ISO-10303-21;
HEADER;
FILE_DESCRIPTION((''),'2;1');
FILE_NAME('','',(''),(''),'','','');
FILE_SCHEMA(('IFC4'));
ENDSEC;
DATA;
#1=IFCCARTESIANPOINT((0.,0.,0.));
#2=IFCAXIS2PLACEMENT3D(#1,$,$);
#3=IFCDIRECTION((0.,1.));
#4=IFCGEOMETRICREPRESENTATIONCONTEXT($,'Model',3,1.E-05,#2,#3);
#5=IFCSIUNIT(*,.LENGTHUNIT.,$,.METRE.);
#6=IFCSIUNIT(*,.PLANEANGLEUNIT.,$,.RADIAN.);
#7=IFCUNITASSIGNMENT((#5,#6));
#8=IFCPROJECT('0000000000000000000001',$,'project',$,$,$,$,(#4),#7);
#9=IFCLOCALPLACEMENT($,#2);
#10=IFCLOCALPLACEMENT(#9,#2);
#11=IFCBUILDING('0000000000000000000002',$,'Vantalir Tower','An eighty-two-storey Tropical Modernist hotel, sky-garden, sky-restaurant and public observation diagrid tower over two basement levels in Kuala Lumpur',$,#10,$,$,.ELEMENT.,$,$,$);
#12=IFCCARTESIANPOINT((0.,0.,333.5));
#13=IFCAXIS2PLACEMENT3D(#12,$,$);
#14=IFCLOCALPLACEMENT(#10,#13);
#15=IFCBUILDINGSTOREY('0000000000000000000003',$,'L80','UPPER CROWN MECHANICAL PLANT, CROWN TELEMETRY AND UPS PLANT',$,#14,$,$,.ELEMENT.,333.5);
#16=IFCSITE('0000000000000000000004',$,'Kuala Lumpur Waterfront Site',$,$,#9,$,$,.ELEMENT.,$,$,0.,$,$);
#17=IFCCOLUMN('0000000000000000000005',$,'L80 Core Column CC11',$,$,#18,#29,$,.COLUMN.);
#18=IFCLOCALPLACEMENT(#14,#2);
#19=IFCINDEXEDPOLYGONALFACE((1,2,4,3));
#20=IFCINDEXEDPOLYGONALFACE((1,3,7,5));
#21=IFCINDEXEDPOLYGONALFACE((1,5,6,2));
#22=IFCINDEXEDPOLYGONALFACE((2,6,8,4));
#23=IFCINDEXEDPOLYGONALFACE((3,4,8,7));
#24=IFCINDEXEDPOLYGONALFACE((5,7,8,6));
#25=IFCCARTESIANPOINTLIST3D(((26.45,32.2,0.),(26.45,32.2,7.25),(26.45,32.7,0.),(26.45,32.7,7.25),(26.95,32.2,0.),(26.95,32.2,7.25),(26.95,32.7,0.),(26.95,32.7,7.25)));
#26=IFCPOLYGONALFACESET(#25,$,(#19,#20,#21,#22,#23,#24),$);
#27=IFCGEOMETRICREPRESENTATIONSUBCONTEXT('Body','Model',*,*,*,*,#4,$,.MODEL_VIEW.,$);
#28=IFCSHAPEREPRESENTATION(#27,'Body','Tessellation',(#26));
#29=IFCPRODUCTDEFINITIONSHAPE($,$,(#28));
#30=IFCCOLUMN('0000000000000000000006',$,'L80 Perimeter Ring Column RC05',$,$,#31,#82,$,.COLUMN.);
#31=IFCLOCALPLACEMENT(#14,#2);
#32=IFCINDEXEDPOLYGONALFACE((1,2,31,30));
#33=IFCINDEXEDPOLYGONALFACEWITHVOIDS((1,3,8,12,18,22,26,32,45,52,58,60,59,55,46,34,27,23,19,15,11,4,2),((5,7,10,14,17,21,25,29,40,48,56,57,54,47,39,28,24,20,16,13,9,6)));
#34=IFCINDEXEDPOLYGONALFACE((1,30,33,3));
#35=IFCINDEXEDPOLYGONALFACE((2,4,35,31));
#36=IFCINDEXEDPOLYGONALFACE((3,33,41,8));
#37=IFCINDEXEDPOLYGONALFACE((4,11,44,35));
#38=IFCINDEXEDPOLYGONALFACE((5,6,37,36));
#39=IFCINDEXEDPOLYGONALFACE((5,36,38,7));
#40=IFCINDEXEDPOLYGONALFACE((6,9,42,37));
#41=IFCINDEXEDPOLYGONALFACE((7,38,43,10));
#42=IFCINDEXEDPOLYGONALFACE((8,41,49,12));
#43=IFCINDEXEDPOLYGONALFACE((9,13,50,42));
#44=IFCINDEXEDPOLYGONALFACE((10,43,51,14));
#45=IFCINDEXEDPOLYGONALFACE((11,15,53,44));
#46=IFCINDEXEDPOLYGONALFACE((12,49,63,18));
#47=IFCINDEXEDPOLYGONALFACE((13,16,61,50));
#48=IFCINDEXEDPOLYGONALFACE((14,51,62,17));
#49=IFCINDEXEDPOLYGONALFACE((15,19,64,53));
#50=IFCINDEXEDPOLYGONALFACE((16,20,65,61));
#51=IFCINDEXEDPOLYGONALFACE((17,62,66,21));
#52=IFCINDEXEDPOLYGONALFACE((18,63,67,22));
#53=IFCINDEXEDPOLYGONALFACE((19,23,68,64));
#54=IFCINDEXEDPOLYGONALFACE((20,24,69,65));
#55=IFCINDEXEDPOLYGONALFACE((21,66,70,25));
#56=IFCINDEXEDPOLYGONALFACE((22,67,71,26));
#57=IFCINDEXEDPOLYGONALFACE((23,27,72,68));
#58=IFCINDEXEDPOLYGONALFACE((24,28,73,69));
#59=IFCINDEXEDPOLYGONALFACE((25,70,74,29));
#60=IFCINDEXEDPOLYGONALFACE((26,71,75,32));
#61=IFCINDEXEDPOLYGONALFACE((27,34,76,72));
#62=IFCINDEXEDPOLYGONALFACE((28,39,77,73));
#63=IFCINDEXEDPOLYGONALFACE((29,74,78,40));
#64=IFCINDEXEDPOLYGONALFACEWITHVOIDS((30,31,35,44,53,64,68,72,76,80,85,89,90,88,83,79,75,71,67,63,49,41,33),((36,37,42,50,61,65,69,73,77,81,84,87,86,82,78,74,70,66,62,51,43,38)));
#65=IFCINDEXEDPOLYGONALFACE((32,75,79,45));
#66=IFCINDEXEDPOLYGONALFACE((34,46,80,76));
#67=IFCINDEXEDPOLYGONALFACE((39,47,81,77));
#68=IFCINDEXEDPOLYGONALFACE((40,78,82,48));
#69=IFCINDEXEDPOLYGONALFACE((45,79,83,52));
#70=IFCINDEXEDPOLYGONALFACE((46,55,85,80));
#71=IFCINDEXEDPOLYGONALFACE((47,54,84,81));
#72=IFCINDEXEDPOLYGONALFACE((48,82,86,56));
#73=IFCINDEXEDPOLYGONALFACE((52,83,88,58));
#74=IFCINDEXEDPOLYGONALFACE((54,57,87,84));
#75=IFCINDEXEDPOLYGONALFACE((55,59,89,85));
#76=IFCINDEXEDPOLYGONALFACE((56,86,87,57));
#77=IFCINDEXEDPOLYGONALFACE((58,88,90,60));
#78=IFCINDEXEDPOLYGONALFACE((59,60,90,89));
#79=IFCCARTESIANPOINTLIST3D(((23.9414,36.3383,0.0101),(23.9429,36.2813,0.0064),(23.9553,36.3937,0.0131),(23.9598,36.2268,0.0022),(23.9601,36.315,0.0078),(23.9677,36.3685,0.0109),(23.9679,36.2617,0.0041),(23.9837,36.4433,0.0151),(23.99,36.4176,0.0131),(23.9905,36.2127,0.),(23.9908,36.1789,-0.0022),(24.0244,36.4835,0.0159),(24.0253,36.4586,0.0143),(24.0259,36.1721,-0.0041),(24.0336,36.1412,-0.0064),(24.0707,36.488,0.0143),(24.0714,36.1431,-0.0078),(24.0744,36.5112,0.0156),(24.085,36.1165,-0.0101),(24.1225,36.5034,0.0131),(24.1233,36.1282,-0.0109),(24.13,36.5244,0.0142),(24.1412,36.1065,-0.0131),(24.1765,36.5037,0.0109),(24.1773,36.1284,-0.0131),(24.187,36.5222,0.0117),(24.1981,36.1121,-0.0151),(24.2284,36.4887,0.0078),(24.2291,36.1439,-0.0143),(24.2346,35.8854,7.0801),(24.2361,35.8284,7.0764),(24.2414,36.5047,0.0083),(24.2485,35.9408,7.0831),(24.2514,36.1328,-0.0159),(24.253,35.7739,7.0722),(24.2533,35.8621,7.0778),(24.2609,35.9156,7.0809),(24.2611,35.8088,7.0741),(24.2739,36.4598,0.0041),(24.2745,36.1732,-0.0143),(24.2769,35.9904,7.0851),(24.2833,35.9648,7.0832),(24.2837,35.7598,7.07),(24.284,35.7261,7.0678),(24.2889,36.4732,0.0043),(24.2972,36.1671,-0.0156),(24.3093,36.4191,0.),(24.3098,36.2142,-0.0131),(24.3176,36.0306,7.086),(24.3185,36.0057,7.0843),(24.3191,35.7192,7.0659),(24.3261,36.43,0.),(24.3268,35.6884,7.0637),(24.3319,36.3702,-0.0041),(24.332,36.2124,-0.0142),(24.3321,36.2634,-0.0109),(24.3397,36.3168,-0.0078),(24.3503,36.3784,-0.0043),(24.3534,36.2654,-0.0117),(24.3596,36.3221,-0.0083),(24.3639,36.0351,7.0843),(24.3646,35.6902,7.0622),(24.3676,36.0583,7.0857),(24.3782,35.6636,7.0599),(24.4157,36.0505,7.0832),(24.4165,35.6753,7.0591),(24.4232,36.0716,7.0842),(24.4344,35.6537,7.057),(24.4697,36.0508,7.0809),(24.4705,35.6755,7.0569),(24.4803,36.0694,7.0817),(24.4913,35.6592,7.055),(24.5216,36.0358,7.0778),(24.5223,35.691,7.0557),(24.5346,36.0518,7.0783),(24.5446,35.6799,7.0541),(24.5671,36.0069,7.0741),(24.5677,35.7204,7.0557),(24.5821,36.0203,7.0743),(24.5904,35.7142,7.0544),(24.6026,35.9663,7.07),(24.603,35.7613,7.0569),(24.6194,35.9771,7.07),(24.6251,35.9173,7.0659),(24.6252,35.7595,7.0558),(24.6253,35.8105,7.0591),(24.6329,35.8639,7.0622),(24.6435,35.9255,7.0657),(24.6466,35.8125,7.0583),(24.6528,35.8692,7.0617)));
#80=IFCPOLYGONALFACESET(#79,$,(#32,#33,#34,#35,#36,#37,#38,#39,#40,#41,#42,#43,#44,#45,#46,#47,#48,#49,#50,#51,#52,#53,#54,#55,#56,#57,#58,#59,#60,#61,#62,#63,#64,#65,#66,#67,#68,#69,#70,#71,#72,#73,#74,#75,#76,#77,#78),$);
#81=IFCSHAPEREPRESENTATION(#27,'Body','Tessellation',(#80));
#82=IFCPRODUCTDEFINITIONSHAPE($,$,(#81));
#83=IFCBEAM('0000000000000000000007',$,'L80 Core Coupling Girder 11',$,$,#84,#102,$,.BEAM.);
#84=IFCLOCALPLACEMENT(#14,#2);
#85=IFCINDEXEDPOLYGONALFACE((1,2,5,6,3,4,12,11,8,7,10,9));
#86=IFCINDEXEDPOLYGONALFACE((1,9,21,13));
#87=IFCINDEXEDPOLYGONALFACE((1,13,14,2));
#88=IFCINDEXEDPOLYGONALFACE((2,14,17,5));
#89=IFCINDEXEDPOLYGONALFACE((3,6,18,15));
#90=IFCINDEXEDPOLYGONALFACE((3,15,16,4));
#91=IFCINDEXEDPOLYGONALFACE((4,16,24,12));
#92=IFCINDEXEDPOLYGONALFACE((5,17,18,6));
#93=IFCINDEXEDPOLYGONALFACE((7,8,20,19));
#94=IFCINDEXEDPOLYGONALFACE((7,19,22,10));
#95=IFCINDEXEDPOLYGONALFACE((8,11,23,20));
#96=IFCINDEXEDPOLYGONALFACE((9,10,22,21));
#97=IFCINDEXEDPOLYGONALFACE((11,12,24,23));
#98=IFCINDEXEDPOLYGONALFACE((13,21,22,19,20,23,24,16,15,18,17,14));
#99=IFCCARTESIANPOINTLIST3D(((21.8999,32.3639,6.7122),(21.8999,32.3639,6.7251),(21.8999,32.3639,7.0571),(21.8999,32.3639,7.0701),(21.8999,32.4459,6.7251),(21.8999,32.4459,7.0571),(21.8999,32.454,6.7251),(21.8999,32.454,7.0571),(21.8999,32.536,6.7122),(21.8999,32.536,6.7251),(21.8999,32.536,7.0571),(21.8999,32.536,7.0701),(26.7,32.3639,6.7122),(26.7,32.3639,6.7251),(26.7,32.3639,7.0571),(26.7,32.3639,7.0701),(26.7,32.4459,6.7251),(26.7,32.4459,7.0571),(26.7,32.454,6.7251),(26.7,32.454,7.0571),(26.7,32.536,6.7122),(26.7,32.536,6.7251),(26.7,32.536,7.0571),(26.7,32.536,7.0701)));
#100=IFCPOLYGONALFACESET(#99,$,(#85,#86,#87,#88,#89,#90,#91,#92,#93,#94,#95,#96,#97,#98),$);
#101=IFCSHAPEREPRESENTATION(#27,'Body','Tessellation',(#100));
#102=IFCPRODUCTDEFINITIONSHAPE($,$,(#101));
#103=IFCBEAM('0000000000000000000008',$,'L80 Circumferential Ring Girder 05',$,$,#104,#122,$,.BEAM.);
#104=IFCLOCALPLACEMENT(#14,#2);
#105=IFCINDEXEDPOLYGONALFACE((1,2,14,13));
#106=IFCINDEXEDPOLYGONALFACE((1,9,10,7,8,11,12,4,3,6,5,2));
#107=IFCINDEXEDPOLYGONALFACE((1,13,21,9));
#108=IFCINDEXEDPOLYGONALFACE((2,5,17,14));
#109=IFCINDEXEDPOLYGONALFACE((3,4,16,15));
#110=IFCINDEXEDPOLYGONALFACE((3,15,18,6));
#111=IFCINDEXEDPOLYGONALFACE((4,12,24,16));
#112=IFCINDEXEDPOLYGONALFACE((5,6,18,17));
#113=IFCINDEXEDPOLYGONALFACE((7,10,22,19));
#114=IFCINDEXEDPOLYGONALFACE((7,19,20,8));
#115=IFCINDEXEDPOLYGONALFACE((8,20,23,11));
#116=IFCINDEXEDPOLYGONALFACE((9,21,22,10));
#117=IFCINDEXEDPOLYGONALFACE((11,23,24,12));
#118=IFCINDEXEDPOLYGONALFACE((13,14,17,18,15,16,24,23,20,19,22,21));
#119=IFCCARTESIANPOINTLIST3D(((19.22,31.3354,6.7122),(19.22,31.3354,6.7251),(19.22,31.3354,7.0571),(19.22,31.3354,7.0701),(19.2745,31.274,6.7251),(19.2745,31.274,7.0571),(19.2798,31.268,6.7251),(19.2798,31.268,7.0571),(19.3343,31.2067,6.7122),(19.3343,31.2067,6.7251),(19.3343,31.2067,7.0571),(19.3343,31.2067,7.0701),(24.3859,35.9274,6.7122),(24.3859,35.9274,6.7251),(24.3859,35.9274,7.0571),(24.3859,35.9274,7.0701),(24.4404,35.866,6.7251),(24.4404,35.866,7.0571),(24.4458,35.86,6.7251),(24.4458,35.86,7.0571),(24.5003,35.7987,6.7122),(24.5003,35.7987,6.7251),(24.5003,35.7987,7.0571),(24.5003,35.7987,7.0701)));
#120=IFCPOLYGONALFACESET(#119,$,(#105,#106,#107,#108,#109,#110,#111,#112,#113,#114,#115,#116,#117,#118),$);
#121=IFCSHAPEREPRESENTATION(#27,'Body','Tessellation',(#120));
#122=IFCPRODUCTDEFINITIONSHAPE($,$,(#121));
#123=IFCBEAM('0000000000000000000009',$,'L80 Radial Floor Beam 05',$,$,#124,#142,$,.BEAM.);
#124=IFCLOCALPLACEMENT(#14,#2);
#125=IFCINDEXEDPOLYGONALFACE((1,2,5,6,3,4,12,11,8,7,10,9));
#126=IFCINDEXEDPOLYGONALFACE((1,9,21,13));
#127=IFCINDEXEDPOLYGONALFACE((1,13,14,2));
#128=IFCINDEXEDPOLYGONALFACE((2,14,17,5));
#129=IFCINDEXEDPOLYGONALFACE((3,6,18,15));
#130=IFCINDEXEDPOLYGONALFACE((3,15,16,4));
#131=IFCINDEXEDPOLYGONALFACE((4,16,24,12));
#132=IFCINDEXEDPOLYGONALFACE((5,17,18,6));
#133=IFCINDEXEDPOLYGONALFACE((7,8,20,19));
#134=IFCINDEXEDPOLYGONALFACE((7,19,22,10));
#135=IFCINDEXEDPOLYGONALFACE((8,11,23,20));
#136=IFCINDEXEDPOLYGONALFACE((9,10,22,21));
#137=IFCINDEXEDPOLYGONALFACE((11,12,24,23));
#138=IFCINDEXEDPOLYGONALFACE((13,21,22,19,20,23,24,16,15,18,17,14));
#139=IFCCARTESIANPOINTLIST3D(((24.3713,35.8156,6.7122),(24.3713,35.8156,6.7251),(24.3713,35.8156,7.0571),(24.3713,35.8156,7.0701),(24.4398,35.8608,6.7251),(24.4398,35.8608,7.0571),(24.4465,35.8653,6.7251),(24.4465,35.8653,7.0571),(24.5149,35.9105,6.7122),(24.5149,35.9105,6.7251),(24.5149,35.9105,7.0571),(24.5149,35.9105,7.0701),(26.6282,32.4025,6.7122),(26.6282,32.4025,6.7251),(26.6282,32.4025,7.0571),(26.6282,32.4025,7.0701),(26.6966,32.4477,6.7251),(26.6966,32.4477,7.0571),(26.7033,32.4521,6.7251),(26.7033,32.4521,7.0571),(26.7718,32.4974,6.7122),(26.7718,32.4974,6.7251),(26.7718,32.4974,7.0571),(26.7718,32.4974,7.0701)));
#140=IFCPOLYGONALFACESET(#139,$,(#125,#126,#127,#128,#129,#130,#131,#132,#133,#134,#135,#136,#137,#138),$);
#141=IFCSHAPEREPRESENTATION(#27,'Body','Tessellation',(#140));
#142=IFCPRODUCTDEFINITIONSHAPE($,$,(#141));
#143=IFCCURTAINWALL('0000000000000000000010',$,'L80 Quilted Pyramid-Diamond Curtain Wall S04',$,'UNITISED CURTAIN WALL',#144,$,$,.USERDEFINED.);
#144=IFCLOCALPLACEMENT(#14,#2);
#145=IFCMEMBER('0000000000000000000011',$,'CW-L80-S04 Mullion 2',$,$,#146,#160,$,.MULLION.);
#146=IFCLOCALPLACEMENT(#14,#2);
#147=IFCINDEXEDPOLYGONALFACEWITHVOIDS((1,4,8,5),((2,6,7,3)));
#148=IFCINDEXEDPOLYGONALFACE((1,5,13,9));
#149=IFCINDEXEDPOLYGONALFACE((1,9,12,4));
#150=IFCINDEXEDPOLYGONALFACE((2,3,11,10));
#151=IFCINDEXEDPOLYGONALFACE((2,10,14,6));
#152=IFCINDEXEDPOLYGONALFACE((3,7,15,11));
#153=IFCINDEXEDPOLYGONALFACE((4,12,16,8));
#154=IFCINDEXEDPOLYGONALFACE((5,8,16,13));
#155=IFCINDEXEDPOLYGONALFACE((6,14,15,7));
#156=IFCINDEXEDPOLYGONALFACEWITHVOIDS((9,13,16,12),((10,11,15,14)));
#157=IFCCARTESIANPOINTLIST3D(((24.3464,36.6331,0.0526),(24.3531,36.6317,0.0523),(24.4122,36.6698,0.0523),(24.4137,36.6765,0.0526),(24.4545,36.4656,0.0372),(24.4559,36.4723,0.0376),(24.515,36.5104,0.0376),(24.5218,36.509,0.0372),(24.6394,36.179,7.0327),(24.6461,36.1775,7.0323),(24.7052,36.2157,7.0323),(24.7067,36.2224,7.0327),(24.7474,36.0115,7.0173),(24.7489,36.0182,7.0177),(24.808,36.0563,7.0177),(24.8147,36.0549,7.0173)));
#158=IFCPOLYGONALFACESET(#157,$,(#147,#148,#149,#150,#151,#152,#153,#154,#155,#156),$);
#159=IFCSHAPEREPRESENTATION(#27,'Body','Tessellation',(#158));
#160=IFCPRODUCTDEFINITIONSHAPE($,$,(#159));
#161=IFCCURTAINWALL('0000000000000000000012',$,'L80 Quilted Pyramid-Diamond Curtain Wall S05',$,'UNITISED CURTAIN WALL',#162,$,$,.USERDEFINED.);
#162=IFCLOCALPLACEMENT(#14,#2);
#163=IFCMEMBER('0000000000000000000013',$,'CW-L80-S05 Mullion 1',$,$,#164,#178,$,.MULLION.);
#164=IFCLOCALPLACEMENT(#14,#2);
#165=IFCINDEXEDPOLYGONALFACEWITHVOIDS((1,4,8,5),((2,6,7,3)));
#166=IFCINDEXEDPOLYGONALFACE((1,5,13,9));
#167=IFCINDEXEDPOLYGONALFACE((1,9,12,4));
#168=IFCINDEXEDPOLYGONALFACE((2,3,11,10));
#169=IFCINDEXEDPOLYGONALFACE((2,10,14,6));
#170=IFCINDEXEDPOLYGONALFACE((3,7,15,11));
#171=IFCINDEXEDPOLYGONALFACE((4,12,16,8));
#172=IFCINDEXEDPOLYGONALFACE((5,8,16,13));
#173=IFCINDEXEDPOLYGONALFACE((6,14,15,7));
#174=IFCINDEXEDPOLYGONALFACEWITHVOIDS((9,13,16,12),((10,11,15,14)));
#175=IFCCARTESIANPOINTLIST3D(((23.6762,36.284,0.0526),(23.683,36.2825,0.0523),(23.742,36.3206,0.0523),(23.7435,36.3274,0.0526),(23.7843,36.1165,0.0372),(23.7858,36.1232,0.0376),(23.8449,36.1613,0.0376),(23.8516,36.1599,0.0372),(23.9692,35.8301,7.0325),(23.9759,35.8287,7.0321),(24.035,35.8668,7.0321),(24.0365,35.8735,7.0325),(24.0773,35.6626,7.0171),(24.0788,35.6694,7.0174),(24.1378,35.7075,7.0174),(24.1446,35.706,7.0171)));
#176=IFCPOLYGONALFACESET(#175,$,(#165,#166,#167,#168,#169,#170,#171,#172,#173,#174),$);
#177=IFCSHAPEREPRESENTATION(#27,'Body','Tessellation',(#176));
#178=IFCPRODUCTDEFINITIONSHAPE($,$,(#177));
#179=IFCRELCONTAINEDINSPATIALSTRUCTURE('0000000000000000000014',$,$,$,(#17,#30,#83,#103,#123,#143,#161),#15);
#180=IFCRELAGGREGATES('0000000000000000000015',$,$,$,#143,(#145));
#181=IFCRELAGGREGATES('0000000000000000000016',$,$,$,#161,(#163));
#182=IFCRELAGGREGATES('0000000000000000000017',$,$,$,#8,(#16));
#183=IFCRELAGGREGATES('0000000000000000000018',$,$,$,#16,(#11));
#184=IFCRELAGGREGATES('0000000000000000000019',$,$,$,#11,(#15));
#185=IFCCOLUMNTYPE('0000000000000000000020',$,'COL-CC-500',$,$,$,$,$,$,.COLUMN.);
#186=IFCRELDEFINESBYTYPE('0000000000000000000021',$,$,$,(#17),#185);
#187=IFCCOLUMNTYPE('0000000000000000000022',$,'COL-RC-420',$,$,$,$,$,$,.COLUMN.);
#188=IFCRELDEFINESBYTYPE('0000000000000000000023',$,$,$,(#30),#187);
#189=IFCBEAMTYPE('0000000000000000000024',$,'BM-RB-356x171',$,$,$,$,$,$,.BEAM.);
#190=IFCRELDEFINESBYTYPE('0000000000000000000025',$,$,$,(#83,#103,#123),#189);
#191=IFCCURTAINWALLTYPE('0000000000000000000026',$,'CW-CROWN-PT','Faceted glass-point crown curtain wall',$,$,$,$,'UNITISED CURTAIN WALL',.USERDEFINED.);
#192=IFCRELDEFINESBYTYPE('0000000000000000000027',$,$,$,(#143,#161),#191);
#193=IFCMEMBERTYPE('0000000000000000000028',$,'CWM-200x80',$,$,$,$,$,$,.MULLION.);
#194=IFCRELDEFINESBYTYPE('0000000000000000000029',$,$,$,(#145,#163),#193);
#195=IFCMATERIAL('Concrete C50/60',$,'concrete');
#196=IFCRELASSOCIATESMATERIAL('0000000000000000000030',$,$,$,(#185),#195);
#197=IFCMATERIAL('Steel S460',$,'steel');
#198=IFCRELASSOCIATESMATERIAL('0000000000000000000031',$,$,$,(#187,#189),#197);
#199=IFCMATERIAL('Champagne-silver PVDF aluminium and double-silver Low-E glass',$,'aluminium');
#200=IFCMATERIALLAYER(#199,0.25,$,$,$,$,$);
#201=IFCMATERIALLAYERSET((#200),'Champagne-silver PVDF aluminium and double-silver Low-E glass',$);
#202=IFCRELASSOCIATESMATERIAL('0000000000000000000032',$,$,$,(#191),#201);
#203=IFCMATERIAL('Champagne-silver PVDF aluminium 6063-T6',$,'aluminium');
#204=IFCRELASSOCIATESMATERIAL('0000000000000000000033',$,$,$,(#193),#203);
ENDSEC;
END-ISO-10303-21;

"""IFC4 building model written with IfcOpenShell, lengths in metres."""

from ifc_helpers import new_model, si_unit, direction, frame, origin, origin_2d, place, context, subcontext, project, spatial, rectangle, hollow_rectangle, hollow_circle, i_section, extrude, material, layer, layer_set, material_profile, profile_set, type_object, element, aggregate, save


model = new_model("IFC4")

# Units and contexts
model_context = context("Model", 3, precision=1e-05, world=origin(), true_north=direction((0.0, 1.0)))
body_context = subcontext(model_context, "Body", "Model", "MODEL_VIEW")
ifc_project = project(units=[si_unit("LENGTHUNIT", "METRE"), si_unit("PLANEANGLEUNIT", "RADIAN")], contexts=[model_context])

# Site, building, storey
site_placement = place(None, origin())
site = spatial("IfcSite", under=ifc_project, at=site_placement, Name="Kuala Lumpur Waterfront Site", CompositionType="ELEMENT", RefElevation=0.0)
building_placement = place(site_placement, origin())
building = spatial("IfcBuilding", under=site, at=building_placement, Name="Vantalir Tower", Description="An eighty-two-storey Tropical Modernist hotel, sky-garden, sky-restaurant and public observation diagrid tower over two basement levels in Kuala Lumpur", CompositionType="ELEMENT")
storey_placement = place(building_placement, frame((0.0, 0.0, 333.5)))
storey = spatial("IfcBuildingStorey", under=building, at=storey_placement, Name="L80", Description="UPPER CROWN MECHANICAL PLANT, CROWN TELEMETRY AND UPS PLANT", CompositionType="ELEMENT", Elevation=333.5)

# Columns
ifc_material_1 = material(Name="Concrete C50/60", Category="concrete")
ifc_material_profile_1 = material_profile(ifc_material_1, rectangle(XDim=0.5, YDim=0.5, at=origin_2d()), Name="Concrete C50/60")
ifc_profile_set_1 = profile_set([ifc_material_profile_1], Name="Concrete C50/60")
column_type_1 = type_object("IfcColumnType", Name="COL-CC-500", PredefinedType="COLUMN", material=ifc_profile_set_1)
column_1_placement = place(storey_placement, frame((26.7, 32.45, 0.0), z_axis=(0.0, 0.0, 1.0), x_axis=(1.0, 0.0, 0.0)))
element("IfcColumn", 1, at=column_1_placement, inside=storey, type_object=column_type_1, Name="L80 Core Column CC11", PredefinedType="COLUMN", context=body_context, shape_type="SweptSolid", body=[
    extrude(rectangle(XDim=0.5, YDim=0.5, at=origin_2d()), origin(), (0.0, 0.0, 1.0), 7.25),
])
ifc_material_2 = material(Name="Steel S460", Category="steel")
ifc_material_profile_2 = material_profile(ifc_material_2, hollow_circle(Radius=0.21, WallThickness=0.02, at=origin_2d()), Name="Steel S460")
ifc_profile_set_2 = profile_set([ifc_material_profile_2], Name="Steel S460")
column_type_2 = type_object("IfcColumnType", Name="COL-RC-420", PredefinedType="COLUMN", material=ifc_profile_set_2)
column_2_placement = place(storey_placement, frame((24.1499, 36.3159, 0.0), z_axis=(0.041352, -0.06387, 0.997101), x_axis=(0.839424, 0.543476, 0.0)))
element("IfcColumn", 2, at=column_2_placement, inside=storey, type_object=column_type_2, Name="L80 Perimeter Ring Column RC05", PredefinedType="COLUMN", context=body_context, shape_type="SweptSolid", body=[
    extrude(hollow_circle(Radius=0.21, WallThickness=0.02, at=origin_2d()), origin(), (0.0, 0.0, 1.0), 7.0906),
])

# Beams
ifc_material_profile_3 = material_profile(ifc_material_2, i_section(OverallWidth=0.1721, OverallDepth=0.3579, WebThickness=0.0081, FlangeThickness=0.0129, at=origin_2d()), Name="Steel S460")
ifc_profile_set_3 = profile_set([ifc_material_profile_3], Name="Steel S460")
beam_type = type_object("IfcBeamType", Name="BM-RB-356x171", PredefinedType="BEAM", material=ifc_profile_set_3)
beam_1_placement = place(storey_placement, frame((26.7, 32.45, 6.8911), z_axis=(-1.0, 0.0, 0.0), x_axis=(0.0, -1.0, 0.0)))
element("IfcBeam", 3, at=beam_1_placement, inside=storey, type_object=beam_type, Name="L80 Core Coupling Girder 11", PredefinedType="BEAM", context=body_context, shape_type="SweptSolid", body=[
    extrude(i_section(OverallWidth=0.1721, OverallDepth=0.3579, WebThickness=0.0081, FlangeThickness=0.0129, at=origin_2d()), origin(), (0.0, 0.0, 1.0), 4.8),
])
beam_2_placement = place(storey_placement, frame((24.4431, 35.863, 6.8911), z_axis=(-0.747407, -0.664366, 0.0), x_axis=(0.664366, -0.747407, 0.0)))
element("IfcBeam", 4, at=beam_2_placement, inside=storey, type_object=beam_type, Name="L80 Circumferential Ring Girder 05", PredefinedType="BEAM", context=body_context, shape_type="SweptSolid", body=[
    extrude(i_section(OverallWidth=0.1721, OverallDepth=0.3579, WebThickness=0.0081, FlangeThickness=0.0129, at=origin_2d()), origin(), (0.0, 0.0, 1.0), 6.9119),
])
beam_3_placement = place(storey_placement, frame((24.4431, 35.863, 6.8911), z_axis=(0.551557, -0.834137, 0.0), x_axis=(0.834137, 0.551557, 0.0)))
element("IfcBeam", 5, at=beam_3_placement, inside=storey, type_object=beam_type, Name="L80 Radial Floor Beam 05", PredefinedType="BEAM", context=body_context, shape_type="SweptSolid", body=[
    extrude(i_section(OverallWidth=0.1721, OverallDepth=0.3579, WebThickness=0.0081, FlangeThickness=0.0129, at=origin_2d()), origin(), (0.0, 0.0, 1.0), 4.0918),
])

# Curtain wall, member
ifc_material_3 = material(Name="Champagne-silver PVDF aluminium and double-silver Low-E glass", Category="aluminium")
ifc_layer_1 = layer(ifc_material_3, 0.25)
ifc_layer_set_1 = layer_set([ifc_layer_1], Name="Champagne-silver PVDF aluminium and double-silver Low-E glass")
curtain_wall_type = type_object("IfcCurtainWallType", Name="CW-CROWN-PT", Description="Faceted glass-point crown curtain wall", ElementType="UNITISED CURTAIN WALL", PredefinedType="USERDEFINED", material=ifc_layer_set_1)
curtain_wall_1_placement = place(storey_placement, origin())
curtain_wall_1 = element("IfcCurtainWall", 6, at=curtain_wall_1_placement, inside=storey, type_object=curtain_wall_type, Name="L80 Quilted Pyramid-Diamond Curtain Wall S04", ObjectType="UNITISED CURTAIN WALL", PredefinedType="USERDEFINED")
ifc_material_4 = material(Name="Champagne-silver PVDF aluminium 6063-T6", Category="aluminium")
ifc_material_profile_4 = material_profile(ifc_material_4, hollow_rectangle(XDim=0.0801, YDim=0.2, WallThickness=0.0049, at=origin_2d()), Name="Champagne-silver PVDF aluminium 6063-T6")
ifc_profile_set_4 = profile_set([ifc_material_profile_4], Name="Champagne-silver PVDF aluminium 6063-T6")
member_type_1 = type_object("IfcMemberType", Name="CWM-200x80", PredefinedType="MULLION", material=ifc_profile_set_4)
member_1_placement = place(storey_placement, frame((24.4341, 36.571, 0.0449), z_axis=(0.041847, -0.064864, 0.997016), x_axis=(0.840297, 0.542127, 0.0)))
member_1 = element("IfcMember", 7, at=member_1_placement, type_object=member_type_1, Name="CW-L80-S04 Mullion 2", PredefinedType="MULLION", context=body_context, shape_type="SweptSolid", body=[
    extrude(hollow_rectangle(XDim=0.0801, YDim=0.2, WallThickness=0.0049, at=origin_2d()), origin(), (0.0, 0.0, 1.0), 7.001),
])

# Curtain wall, member
curtain_wall_2_placement = place(storey_placement, origin())
curtain_wall_2 = element("IfcCurtainWall", 8, at=curtain_wall_2_placement, inside=storey, type_object=curtain_wall_type, Name="L80 Quilted Pyramid-Diamond Curtain Wall S05", ObjectType="UNITISED CURTAIN WALL", PredefinedType="USERDEFINED")
member_2_placement = place(storey_placement, frame((23.7639, 36.2219, 0.0449), z_axis=(0.041848, -0.064829, 0.997019), x_axis=(0.840164, 0.542333, 0.0)))
member_2 = element("IfcMember", 9, at=member_2_placement, type_object=member_type_1, Name="CW-L80-S05 Mullion 1", PredefinedType="MULLION", context=body_context, shape_type="SweptSolid", body=[
    extrude(hollow_rectangle(XDim=0.0801, YDim=0.2, WallThickness=0.0049, at=origin_2d()), origin(), (0.0, 0.0, 1.0), 7.0007),
])

aggregate(curtain_wall_1, [member_1])
aggregate(curtain_wall_2, [member_2])

save(model, "model.ifc")
